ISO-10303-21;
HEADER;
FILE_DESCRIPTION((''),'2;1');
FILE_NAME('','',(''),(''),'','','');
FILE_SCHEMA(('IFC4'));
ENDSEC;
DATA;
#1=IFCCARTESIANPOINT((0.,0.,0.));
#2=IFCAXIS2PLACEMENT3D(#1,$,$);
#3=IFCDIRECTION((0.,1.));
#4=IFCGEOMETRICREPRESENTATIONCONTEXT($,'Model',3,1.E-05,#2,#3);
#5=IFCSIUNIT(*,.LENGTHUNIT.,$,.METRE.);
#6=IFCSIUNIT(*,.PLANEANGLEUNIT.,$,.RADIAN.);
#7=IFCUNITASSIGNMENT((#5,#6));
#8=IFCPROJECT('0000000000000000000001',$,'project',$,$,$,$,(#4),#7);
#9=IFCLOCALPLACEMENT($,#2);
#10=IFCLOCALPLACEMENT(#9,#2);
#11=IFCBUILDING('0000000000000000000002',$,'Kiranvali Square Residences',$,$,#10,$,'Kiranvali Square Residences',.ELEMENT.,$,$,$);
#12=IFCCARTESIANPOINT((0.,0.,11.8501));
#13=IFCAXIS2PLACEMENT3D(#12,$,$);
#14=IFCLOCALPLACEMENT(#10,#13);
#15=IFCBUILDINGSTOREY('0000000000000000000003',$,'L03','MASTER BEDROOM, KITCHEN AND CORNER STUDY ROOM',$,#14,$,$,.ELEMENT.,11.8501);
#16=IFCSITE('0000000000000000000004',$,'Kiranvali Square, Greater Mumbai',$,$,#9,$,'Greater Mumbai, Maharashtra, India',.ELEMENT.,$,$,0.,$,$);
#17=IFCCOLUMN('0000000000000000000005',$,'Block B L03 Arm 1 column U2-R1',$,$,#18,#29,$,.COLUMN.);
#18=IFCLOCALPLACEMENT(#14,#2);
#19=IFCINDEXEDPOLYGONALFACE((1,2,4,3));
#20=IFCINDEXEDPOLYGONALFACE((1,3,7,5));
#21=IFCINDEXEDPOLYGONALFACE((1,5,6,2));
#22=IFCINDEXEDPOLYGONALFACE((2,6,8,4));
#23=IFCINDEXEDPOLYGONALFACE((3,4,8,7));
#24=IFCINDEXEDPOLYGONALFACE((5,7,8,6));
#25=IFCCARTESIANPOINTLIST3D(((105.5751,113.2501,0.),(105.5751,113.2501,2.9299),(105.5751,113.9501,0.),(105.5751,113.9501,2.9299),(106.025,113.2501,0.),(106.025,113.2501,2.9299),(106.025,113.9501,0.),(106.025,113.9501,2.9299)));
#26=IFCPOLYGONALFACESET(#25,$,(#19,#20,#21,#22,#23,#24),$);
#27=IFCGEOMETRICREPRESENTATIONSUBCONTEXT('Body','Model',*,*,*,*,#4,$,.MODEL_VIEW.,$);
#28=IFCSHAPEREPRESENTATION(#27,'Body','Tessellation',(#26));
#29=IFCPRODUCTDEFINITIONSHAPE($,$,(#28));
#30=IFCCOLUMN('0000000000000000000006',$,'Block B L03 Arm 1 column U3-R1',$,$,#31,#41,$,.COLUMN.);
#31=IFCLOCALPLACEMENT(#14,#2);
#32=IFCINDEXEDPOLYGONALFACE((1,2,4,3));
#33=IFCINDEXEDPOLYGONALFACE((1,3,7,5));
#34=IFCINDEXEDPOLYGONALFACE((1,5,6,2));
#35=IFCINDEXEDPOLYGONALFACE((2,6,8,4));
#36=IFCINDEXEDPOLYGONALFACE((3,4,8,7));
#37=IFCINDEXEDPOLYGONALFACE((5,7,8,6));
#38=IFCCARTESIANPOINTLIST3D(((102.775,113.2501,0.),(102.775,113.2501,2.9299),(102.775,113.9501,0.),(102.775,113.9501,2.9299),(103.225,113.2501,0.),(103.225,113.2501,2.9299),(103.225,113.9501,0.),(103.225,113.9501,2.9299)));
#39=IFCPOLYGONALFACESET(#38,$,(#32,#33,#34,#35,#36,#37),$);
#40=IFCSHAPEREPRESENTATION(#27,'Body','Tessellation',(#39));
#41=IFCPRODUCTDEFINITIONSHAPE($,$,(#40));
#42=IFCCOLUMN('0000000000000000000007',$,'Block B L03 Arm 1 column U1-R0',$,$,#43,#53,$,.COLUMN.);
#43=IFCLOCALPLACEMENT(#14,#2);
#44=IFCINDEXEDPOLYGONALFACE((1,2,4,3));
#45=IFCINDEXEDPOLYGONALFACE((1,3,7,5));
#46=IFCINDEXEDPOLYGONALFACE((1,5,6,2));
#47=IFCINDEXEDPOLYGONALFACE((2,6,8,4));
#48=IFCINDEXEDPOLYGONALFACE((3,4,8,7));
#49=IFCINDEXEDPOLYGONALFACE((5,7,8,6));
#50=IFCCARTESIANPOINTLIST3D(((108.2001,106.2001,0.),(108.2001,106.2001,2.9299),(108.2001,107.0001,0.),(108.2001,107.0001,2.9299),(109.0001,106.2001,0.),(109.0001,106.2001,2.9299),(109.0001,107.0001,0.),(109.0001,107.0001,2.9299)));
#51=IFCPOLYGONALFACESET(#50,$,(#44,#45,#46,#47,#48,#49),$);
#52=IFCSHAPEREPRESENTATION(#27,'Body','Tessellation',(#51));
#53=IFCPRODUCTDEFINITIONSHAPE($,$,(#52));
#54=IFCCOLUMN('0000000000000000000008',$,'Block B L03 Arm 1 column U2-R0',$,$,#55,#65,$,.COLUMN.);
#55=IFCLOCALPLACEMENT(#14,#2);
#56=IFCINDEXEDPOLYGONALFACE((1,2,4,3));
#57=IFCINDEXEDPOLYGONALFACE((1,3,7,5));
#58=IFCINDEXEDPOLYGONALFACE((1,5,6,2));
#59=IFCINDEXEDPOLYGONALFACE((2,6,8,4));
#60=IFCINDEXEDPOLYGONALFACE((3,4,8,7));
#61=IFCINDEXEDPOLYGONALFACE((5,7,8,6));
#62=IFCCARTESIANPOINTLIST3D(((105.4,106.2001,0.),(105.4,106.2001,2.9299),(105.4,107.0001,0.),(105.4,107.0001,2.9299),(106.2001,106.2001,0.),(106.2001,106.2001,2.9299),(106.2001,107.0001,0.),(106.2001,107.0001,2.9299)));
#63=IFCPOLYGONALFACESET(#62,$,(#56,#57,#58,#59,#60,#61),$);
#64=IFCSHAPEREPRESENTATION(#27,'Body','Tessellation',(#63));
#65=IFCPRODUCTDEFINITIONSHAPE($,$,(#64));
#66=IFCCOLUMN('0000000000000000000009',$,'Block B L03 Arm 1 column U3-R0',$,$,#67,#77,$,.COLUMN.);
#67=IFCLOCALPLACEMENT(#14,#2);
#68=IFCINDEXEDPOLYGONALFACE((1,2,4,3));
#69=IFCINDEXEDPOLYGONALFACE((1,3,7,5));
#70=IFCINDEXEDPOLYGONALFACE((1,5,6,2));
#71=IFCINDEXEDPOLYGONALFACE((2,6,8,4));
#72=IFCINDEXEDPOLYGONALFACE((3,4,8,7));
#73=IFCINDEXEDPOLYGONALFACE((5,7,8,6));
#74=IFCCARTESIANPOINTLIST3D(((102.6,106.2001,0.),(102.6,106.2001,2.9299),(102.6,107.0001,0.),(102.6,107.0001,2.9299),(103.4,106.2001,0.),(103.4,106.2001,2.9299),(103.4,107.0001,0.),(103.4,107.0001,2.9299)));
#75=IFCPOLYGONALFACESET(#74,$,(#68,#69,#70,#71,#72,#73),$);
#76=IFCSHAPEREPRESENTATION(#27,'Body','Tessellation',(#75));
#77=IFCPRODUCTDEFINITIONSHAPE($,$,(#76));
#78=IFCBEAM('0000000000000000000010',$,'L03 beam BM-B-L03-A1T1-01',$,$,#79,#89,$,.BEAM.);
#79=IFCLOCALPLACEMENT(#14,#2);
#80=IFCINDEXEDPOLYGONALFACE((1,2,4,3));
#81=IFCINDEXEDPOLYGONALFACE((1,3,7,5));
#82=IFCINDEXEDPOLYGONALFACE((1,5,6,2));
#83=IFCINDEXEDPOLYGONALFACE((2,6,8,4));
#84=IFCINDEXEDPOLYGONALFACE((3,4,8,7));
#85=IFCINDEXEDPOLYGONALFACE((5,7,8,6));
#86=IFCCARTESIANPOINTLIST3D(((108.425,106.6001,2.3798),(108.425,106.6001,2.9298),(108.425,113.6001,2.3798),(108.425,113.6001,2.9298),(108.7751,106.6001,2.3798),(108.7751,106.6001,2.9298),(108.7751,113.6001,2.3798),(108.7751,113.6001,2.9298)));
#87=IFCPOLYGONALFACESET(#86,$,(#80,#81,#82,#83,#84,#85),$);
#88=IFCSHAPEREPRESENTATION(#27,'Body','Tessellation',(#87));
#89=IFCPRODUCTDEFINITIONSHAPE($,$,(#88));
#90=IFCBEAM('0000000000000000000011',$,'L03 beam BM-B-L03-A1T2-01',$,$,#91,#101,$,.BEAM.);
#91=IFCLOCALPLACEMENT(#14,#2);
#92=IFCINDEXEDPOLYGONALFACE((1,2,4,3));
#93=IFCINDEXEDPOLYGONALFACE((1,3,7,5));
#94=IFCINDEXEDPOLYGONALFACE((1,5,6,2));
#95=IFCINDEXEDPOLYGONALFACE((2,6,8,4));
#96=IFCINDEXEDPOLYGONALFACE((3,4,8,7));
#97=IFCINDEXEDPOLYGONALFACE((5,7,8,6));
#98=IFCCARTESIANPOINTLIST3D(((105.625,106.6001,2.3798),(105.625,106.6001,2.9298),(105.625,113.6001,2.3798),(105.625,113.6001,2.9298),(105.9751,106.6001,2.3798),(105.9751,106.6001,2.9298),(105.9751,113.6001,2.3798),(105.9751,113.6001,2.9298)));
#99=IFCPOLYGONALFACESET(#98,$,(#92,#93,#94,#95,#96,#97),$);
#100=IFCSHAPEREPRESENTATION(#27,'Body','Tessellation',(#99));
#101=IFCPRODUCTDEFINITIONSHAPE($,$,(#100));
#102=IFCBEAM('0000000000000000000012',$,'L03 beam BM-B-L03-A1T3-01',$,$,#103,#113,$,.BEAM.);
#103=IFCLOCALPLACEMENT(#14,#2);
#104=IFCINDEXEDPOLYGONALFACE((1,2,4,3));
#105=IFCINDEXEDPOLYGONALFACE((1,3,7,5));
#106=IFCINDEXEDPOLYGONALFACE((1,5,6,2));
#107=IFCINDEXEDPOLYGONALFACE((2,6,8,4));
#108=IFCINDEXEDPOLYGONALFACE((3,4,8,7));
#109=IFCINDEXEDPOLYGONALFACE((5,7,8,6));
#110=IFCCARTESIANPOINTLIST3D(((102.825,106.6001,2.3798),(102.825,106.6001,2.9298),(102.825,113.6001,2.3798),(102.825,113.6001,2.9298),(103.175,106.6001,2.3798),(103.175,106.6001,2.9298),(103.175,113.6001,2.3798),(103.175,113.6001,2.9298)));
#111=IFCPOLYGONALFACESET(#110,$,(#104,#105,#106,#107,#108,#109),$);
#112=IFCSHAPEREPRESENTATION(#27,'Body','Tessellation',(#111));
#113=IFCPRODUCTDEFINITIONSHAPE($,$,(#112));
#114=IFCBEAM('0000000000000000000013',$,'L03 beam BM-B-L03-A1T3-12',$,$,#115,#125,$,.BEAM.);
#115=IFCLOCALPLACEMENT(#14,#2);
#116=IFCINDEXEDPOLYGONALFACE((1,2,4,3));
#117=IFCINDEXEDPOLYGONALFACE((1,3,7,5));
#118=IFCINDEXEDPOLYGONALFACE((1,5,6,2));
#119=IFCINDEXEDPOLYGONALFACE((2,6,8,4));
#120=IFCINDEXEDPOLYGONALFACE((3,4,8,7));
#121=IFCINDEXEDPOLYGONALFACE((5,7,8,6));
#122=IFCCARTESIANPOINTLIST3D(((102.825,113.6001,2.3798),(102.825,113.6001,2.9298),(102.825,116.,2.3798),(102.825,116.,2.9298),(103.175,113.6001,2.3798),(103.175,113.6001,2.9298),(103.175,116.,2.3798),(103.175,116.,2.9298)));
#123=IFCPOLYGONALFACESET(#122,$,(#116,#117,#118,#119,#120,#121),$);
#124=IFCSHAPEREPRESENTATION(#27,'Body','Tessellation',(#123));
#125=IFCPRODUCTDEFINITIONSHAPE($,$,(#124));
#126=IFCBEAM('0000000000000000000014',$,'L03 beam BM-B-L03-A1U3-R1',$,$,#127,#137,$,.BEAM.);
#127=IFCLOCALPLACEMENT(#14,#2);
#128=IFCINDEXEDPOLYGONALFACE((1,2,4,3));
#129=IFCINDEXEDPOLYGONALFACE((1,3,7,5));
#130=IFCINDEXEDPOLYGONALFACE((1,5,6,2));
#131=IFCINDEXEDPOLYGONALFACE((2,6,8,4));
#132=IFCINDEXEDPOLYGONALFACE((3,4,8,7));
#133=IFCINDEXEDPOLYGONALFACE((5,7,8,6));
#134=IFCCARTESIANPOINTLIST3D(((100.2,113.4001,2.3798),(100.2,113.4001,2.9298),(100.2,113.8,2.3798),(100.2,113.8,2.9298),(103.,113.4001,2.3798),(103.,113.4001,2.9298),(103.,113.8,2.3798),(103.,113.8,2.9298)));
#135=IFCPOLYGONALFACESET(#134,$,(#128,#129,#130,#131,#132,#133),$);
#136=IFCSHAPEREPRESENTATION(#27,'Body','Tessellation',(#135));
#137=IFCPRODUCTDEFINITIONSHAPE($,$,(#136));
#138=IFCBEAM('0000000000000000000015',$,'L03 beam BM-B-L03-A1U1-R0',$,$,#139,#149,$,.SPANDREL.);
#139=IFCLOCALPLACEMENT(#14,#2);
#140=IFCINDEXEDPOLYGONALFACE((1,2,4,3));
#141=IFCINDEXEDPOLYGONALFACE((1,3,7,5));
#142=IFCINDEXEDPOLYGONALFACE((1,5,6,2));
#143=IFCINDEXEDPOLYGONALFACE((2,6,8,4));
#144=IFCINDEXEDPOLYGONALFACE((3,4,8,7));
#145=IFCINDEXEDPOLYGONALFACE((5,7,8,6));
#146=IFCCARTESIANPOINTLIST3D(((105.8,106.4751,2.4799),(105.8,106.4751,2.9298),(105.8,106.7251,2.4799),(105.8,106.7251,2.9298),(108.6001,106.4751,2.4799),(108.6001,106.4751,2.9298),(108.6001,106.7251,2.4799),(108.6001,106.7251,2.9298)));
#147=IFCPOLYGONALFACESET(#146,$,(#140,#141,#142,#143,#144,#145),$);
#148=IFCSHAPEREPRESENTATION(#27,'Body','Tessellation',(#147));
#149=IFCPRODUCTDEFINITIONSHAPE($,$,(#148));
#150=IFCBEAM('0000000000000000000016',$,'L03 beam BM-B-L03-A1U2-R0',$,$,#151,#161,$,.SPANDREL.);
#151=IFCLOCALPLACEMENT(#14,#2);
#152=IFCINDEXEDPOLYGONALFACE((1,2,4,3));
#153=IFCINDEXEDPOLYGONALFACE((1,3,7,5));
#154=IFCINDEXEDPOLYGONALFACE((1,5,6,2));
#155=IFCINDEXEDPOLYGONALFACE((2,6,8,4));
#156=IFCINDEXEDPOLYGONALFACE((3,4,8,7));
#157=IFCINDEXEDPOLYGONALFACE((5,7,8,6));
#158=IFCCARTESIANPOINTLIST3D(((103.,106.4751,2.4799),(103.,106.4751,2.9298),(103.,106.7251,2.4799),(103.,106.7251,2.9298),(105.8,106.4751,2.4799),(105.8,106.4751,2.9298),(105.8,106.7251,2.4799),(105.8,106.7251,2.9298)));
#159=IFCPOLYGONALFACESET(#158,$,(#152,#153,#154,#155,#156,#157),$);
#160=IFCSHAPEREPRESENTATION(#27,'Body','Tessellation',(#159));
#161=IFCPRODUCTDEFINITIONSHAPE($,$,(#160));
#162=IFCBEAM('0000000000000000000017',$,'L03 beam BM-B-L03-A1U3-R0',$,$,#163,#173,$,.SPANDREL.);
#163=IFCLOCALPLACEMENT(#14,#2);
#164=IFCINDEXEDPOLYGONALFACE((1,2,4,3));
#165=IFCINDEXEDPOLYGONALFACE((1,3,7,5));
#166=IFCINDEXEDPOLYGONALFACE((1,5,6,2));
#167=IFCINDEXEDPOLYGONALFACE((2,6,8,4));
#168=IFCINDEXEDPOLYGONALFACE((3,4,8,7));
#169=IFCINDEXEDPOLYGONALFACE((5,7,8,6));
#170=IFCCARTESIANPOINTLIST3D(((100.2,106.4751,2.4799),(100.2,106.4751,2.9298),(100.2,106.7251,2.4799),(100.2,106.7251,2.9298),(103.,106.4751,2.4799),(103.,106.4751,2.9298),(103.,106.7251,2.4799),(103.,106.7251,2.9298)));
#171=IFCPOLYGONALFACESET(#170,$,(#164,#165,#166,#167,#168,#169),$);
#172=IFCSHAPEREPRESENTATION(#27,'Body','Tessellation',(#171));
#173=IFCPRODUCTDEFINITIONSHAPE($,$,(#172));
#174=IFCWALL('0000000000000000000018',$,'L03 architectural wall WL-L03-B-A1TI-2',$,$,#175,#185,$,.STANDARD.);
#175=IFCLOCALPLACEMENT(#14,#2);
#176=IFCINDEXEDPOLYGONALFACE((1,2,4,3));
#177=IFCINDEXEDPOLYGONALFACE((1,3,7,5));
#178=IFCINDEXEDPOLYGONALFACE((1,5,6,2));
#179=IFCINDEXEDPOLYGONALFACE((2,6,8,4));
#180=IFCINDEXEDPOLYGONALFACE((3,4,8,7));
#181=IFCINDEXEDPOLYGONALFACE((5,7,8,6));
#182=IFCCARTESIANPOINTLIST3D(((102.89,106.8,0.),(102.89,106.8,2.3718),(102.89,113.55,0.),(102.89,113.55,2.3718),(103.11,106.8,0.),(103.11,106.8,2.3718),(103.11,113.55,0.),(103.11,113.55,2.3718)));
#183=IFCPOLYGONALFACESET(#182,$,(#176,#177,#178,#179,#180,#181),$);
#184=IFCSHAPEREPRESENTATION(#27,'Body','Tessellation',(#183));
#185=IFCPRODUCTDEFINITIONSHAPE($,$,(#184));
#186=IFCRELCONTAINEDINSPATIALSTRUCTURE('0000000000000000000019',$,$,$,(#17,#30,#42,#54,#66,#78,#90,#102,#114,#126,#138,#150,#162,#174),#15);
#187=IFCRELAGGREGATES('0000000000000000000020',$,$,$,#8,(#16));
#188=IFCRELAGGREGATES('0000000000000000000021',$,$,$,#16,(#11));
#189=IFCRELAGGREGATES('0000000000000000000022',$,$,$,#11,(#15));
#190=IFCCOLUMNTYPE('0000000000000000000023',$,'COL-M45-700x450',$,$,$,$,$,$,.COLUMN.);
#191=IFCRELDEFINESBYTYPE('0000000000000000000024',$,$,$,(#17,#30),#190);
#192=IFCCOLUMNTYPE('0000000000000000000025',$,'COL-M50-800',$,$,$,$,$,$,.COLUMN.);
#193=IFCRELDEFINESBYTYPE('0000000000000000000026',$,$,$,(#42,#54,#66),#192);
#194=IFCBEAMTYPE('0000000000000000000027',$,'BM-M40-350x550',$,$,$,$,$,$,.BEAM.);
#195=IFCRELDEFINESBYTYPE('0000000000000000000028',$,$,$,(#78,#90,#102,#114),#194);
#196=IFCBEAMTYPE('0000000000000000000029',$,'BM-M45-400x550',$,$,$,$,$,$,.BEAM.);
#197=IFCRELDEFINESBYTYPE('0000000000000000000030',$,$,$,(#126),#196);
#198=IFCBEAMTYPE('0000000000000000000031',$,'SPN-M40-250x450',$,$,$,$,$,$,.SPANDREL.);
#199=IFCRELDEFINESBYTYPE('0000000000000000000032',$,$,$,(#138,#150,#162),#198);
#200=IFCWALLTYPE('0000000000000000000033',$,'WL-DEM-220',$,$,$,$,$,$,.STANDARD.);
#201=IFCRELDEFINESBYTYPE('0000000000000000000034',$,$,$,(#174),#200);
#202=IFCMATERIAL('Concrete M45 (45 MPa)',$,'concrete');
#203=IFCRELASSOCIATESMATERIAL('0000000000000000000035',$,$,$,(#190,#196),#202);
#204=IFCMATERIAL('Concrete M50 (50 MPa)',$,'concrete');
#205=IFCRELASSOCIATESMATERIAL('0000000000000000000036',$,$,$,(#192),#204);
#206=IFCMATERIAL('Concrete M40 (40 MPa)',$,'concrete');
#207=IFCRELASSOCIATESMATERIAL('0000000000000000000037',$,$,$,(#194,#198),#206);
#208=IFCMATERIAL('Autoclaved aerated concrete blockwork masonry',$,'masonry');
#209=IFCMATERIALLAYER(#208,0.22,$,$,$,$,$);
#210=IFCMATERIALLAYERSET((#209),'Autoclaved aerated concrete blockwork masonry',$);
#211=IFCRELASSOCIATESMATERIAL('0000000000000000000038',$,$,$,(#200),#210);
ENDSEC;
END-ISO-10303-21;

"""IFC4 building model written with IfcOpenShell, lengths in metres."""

from ifc_helpers import new_model, si_unit, direction, frame, frame_2d, origin, origin_2d, place, context, subcontext, project, spatial, rectangle, extrude, material, layer, layer_set, material_profile, profile_set, type_object, element, save


model = new_model("IFC4")

# Units and contexts
model_context = context("Model", 3, precision=1e-05, world=origin(), true_north=direction((0.0, 1.0)))
body_context = subcontext(model_context, "Body", "Model", "MODEL_VIEW")
ifc_project = project(units=[si_unit("LENGTHUNIT", "METRE"), si_unit("PLANEANGLEUNIT", "RADIAN")], contexts=[model_context])

# Site, building, storey
site_placement = place(None, origin())
site = spatial("IfcSite", under=ifc_project, at=site_placement, Name="Kiranvali Square, Greater Mumbai", LongName="Greater Mumbai, Maharashtra, India", CompositionType="ELEMENT", RefElevation=0.0)
building_placement = place(site_placement, origin())
building = spatial("IfcBuilding", under=site, at=building_placement, Name="Kiranvali Square Residences", LongName="Kiranvali Square Residences", CompositionType="ELEMENT")
storey_placement = place(building_placement, frame((0.0, 0.0, 11.8501)))
storey = spatial("IfcBuildingStorey", under=building, at=storey_placement, Name="L03", Description="MASTER BEDROOM, KITCHEN AND CORNER STUDY ROOM", CompositionType="ELEMENT", Elevation=11.8501)

# Columns
ifc_material_1 = material(Name="Concrete M45 (45 MPa)", Category="concrete")
ifc_material_profile_1 = material_profile(ifc_material_1, rectangle(XDim=0.45, YDim=0.7, at=origin_2d()), Name="RC 700x450")
ifc_profile_set_1 = profile_set([ifc_material_profile_1], Name="Concrete M45 (45 MPa)")
column_type_1 = type_object("IfcColumnType", Name="COL-M45-700x450", PredefinedType="COLUMN", material=ifc_profile_set_1)
for number, where, z_axis, x_axis, name in (
    (1, (105.8, 113.6001, 0.0), (0.0, 0.0, 1.0), (1.0, 0.0, 0.0), "Block B L03 Arm 1 column U2-R1"),
    (2, (103.0, 113.6001, 0.0), (0.0, 0.0, 1.0), (1.0, 0.0, 0.0), "Block B L03 Arm 1 column U3-R1"),
):
    element("IfcColumn", number, at=place(storey_placement, frame(where, z_axis=z_axis, x_axis=x_axis)), inside=storey, type_object=column_type_1, Name=name, PredefinedType="COLUMN", context=body_context, shape_type="SweptSolid", body=[
        extrude(rectangle(XDim=0.45, YDim=0.7, at=origin_2d()), origin(), (0.0, 0.0, 1.0), 2.9299),
    ])
ifc_material_2 = material(Name="Concrete M50 (50 MPa)", Category="concrete")
ifc_material_profile_2 = material_profile(ifc_material_2, rectangle(XDim=0.8, YDim=0.8, at=origin_2d()), Name="RC 800x800")
ifc_profile_set_2 = profile_set([ifc_material_profile_2], Name="Concrete M50 (50 MPa)")
column_type_2 = type_object("IfcColumnType", Name="COL-M50-800", PredefinedType="COLUMN", material=ifc_profile_set_2)
for number, where, z_axis, x_axis, name in (
    (3, (108.6001, 106.6001, 0.0), (0.0, 0.0, 1.0), (1.0, 0.0, 0.0), "Block B L03 Arm 1 column U1-R0"),
    (4, (105.8, 106.6001, 0.0), (0.0, 0.0, 1.0), (1.0, 0.0, 0.0), "Block B L03 Arm 1 column U2-R0"),
    (5, (103.0, 106.6001, 0.0), (0.0, 0.0, 1.0), (1.0, 0.0, 0.0), "Block B L03 Arm 1 column U3-R0"),
):
    element("IfcColumn", number, at=place(storey_placement, frame(where, z_axis=z_axis, x_axis=x_axis)), inside=storey, type_object=column_type_2, Name=name, PredefinedType="COLUMN", context=body_context, shape_type="SweptSolid", body=[
        extrude(rectangle(XDim=0.8, YDim=0.8, at=origin_2d()), origin(), (0.0, 0.0, 1.0), 2.9299),
    ])

# Beams
ifc_material_3 = material(Name="Concrete M40 (40 MPa)", Category="concrete")
ifc_material_profile_3 = material_profile(ifc_material_3, rectangle(XDim=0.3501, YDim=0.55, at=origin_2d()), Name="RC 350x550")
ifc_profile_set_3 = profile_set([ifc_material_profile_3], Name="Concrete M40 (40 MPa)")
beam_type_1 = type_object("IfcBeamType", Name="BM-M40-350x550", PredefinedType="BEAM", material=ifc_profile_set_3)
for number, where, z_axis, x_axis, name in (
    (6, (108.6001, 106.6001, 2.6548), (0.0, 1.0, 0.0), (-1.0, 0.0, 0.0), "L03 beam BM-B-L03-A1T1-01"),
    (7, (105.8, 106.6001, 2.6548), (0.0, 1.0, 0.0), (-1.0, 0.0, 0.0), "L03 beam BM-B-L03-A1T2-01"),
    (8, (103.0, 106.6001, 2.6548), (0.0, 1.0, 0.0), (-1.0, 0.0, 0.0), "L03 beam BM-B-L03-A1T3-01"),
):
    element("IfcBeam", number, at=place(storey_placement, frame(where, z_axis=z_axis, x_axis=x_axis)), inside=storey, type_object=beam_type_1, Name=name, PredefinedType="BEAM", context=body_context, shape_type="SweptSolid", body=[
        extrude(rectangle(XDim=0.3501, YDim=0.55, at=origin_2d()), origin(), (0.0, 0.0, 1.0), 7.0),
    ])
beam_1_placement = place(storey_placement, frame((103.0, 113.6001, 2.6548), z_axis=(0.0, 1.0, 0.0), x_axis=(-1.0, 0.0, 0.0)))
element("IfcBeam", 9, at=beam_1_placement, inside=storey, type_object=beam_type_1, Name="L03 beam BM-B-L03-A1T3-12", PredefinedType="BEAM", context=body_context, shape_type="SweptSolid", body=[
    extrude(rectangle(XDim=0.3501, YDim=0.55, at=origin_2d()), origin(), (0.0, 0.0, 1.0), 2.3999),
])
ifc_material_profile_4 = material_profile(ifc_material_1, rectangle(XDim=0.3999, YDim=0.55, at=origin_2d()), Name="RC 400x550")
ifc_profile_set_4 = profile_set([ifc_material_profile_4], Name="Concrete M45 (45 MPa)")
beam_type_2 = type_object("IfcBeamType", Name="BM-M45-400x550", PredefinedType="BEAM", material=ifc_profile_set_4)
beam_2_placement = place(storey_placement, frame((103.0, 113.6001, 2.6548), z_axis=(-1.0, 0.0, 0.0), x_axis=(0.0, -1.0, 0.0)))
element("IfcBeam", 10, at=beam_2_placement, inside=storey, type_object=beam_type_2, Name="L03 beam BM-B-L03-A1U3-R1", PredefinedType="BEAM", context=body_context, shape_type="SweptSolid", body=[
    extrude(rectangle(XDim=0.3999, YDim=0.55, at=origin_2d()), origin(), (0.0, 0.0, 1.0), 2.8),
])
ifc_material_profile_5 = material_profile(ifc_material_3, rectangle(XDim=0.25, YDim=0.45, at=origin_2d()), Name="RC 250x450")
ifc_profile_set_5 = profile_set([ifc_material_profile_5], Name="Concrete M40 (40 MPa)")
beam_type_3 = type_object("IfcBeamType", Name="SPN-M40-250x450", PredefinedType="SPANDREL", material=ifc_profile_set_5)
for number, where, z_axis, x_axis, name in (
    (11, (108.6001, 106.6001, 2.7048), (-1.0, 0.0, 0.0), (0.0, -1.0, 0.0), "L03 beam BM-B-L03-A1U1-R0"),
    (12, (105.8, 106.6001, 2.7048), (-1.0, 0.0, 0.0), (0.0, -1.0, 0.0), "L03 beam BM-B-L03-A1U2-R0"),
    (13, (103.0, 106.6001, 2.7048), (-1.0, 0.0, 0.0), (0.0, -1.0, 0.0), "L03 beam BM-B-L03-A1U3-R0"),
):
    element("IfcBeam", number, at=place(storey_placement, frame(where, z_axis=z_axis, x_axis=x_axis)), inside=storey, type_object=beam_type_3, Name=name, PredefinedType="SPANDREL", context=body_context, shape_type="SweptSolid", body=[
        extrude(rectangle(XDim=0.25, YDim=0.45, at=origin_2d()), origin(), (0.0, 0.0, 1.0), 2.8),
    ])

# Shared definitions
ifc_material_4 = material(Name="Autoclaved aerated concrete blockwork masonry", Category="masonry")

# Wall
ifc_layer_1 = layer(ifc_material_4, 0.22)
ifc_layer_set_1 = layer_set([ifc_layer_1], Name="Autoclaved aerated concrete blockwork masonry")
wall_type_1 = type_object("IfcWallType", Name="WL-DEM-220", PredefinedType="STANDARD", material=ifc_layer_set_1)
wall_1_placement = place(storey_placement, frame((103.0, 106.8, 0.0), z_axis=(0.0, 0.0, 1.0), x_axis=(0.0, 1.0, 0.0)))
element("IfcWall", 14, at=wall_1_placement, inside=storey, type_object=wall_type_1, Name="L03 architectural wall WL-L03-B-A1TI-2", PredefinedType="STANDARD", context=body_context, shape_type="SweptSolid", body=[
    extrude(rectangle(XDim=6.75, YDim=0.22, at=frame_2d((3.375, 0.0))), origin(), (0.0, 0.0, 1.0), 2.3718),
])

save(model, "model.ifc")
